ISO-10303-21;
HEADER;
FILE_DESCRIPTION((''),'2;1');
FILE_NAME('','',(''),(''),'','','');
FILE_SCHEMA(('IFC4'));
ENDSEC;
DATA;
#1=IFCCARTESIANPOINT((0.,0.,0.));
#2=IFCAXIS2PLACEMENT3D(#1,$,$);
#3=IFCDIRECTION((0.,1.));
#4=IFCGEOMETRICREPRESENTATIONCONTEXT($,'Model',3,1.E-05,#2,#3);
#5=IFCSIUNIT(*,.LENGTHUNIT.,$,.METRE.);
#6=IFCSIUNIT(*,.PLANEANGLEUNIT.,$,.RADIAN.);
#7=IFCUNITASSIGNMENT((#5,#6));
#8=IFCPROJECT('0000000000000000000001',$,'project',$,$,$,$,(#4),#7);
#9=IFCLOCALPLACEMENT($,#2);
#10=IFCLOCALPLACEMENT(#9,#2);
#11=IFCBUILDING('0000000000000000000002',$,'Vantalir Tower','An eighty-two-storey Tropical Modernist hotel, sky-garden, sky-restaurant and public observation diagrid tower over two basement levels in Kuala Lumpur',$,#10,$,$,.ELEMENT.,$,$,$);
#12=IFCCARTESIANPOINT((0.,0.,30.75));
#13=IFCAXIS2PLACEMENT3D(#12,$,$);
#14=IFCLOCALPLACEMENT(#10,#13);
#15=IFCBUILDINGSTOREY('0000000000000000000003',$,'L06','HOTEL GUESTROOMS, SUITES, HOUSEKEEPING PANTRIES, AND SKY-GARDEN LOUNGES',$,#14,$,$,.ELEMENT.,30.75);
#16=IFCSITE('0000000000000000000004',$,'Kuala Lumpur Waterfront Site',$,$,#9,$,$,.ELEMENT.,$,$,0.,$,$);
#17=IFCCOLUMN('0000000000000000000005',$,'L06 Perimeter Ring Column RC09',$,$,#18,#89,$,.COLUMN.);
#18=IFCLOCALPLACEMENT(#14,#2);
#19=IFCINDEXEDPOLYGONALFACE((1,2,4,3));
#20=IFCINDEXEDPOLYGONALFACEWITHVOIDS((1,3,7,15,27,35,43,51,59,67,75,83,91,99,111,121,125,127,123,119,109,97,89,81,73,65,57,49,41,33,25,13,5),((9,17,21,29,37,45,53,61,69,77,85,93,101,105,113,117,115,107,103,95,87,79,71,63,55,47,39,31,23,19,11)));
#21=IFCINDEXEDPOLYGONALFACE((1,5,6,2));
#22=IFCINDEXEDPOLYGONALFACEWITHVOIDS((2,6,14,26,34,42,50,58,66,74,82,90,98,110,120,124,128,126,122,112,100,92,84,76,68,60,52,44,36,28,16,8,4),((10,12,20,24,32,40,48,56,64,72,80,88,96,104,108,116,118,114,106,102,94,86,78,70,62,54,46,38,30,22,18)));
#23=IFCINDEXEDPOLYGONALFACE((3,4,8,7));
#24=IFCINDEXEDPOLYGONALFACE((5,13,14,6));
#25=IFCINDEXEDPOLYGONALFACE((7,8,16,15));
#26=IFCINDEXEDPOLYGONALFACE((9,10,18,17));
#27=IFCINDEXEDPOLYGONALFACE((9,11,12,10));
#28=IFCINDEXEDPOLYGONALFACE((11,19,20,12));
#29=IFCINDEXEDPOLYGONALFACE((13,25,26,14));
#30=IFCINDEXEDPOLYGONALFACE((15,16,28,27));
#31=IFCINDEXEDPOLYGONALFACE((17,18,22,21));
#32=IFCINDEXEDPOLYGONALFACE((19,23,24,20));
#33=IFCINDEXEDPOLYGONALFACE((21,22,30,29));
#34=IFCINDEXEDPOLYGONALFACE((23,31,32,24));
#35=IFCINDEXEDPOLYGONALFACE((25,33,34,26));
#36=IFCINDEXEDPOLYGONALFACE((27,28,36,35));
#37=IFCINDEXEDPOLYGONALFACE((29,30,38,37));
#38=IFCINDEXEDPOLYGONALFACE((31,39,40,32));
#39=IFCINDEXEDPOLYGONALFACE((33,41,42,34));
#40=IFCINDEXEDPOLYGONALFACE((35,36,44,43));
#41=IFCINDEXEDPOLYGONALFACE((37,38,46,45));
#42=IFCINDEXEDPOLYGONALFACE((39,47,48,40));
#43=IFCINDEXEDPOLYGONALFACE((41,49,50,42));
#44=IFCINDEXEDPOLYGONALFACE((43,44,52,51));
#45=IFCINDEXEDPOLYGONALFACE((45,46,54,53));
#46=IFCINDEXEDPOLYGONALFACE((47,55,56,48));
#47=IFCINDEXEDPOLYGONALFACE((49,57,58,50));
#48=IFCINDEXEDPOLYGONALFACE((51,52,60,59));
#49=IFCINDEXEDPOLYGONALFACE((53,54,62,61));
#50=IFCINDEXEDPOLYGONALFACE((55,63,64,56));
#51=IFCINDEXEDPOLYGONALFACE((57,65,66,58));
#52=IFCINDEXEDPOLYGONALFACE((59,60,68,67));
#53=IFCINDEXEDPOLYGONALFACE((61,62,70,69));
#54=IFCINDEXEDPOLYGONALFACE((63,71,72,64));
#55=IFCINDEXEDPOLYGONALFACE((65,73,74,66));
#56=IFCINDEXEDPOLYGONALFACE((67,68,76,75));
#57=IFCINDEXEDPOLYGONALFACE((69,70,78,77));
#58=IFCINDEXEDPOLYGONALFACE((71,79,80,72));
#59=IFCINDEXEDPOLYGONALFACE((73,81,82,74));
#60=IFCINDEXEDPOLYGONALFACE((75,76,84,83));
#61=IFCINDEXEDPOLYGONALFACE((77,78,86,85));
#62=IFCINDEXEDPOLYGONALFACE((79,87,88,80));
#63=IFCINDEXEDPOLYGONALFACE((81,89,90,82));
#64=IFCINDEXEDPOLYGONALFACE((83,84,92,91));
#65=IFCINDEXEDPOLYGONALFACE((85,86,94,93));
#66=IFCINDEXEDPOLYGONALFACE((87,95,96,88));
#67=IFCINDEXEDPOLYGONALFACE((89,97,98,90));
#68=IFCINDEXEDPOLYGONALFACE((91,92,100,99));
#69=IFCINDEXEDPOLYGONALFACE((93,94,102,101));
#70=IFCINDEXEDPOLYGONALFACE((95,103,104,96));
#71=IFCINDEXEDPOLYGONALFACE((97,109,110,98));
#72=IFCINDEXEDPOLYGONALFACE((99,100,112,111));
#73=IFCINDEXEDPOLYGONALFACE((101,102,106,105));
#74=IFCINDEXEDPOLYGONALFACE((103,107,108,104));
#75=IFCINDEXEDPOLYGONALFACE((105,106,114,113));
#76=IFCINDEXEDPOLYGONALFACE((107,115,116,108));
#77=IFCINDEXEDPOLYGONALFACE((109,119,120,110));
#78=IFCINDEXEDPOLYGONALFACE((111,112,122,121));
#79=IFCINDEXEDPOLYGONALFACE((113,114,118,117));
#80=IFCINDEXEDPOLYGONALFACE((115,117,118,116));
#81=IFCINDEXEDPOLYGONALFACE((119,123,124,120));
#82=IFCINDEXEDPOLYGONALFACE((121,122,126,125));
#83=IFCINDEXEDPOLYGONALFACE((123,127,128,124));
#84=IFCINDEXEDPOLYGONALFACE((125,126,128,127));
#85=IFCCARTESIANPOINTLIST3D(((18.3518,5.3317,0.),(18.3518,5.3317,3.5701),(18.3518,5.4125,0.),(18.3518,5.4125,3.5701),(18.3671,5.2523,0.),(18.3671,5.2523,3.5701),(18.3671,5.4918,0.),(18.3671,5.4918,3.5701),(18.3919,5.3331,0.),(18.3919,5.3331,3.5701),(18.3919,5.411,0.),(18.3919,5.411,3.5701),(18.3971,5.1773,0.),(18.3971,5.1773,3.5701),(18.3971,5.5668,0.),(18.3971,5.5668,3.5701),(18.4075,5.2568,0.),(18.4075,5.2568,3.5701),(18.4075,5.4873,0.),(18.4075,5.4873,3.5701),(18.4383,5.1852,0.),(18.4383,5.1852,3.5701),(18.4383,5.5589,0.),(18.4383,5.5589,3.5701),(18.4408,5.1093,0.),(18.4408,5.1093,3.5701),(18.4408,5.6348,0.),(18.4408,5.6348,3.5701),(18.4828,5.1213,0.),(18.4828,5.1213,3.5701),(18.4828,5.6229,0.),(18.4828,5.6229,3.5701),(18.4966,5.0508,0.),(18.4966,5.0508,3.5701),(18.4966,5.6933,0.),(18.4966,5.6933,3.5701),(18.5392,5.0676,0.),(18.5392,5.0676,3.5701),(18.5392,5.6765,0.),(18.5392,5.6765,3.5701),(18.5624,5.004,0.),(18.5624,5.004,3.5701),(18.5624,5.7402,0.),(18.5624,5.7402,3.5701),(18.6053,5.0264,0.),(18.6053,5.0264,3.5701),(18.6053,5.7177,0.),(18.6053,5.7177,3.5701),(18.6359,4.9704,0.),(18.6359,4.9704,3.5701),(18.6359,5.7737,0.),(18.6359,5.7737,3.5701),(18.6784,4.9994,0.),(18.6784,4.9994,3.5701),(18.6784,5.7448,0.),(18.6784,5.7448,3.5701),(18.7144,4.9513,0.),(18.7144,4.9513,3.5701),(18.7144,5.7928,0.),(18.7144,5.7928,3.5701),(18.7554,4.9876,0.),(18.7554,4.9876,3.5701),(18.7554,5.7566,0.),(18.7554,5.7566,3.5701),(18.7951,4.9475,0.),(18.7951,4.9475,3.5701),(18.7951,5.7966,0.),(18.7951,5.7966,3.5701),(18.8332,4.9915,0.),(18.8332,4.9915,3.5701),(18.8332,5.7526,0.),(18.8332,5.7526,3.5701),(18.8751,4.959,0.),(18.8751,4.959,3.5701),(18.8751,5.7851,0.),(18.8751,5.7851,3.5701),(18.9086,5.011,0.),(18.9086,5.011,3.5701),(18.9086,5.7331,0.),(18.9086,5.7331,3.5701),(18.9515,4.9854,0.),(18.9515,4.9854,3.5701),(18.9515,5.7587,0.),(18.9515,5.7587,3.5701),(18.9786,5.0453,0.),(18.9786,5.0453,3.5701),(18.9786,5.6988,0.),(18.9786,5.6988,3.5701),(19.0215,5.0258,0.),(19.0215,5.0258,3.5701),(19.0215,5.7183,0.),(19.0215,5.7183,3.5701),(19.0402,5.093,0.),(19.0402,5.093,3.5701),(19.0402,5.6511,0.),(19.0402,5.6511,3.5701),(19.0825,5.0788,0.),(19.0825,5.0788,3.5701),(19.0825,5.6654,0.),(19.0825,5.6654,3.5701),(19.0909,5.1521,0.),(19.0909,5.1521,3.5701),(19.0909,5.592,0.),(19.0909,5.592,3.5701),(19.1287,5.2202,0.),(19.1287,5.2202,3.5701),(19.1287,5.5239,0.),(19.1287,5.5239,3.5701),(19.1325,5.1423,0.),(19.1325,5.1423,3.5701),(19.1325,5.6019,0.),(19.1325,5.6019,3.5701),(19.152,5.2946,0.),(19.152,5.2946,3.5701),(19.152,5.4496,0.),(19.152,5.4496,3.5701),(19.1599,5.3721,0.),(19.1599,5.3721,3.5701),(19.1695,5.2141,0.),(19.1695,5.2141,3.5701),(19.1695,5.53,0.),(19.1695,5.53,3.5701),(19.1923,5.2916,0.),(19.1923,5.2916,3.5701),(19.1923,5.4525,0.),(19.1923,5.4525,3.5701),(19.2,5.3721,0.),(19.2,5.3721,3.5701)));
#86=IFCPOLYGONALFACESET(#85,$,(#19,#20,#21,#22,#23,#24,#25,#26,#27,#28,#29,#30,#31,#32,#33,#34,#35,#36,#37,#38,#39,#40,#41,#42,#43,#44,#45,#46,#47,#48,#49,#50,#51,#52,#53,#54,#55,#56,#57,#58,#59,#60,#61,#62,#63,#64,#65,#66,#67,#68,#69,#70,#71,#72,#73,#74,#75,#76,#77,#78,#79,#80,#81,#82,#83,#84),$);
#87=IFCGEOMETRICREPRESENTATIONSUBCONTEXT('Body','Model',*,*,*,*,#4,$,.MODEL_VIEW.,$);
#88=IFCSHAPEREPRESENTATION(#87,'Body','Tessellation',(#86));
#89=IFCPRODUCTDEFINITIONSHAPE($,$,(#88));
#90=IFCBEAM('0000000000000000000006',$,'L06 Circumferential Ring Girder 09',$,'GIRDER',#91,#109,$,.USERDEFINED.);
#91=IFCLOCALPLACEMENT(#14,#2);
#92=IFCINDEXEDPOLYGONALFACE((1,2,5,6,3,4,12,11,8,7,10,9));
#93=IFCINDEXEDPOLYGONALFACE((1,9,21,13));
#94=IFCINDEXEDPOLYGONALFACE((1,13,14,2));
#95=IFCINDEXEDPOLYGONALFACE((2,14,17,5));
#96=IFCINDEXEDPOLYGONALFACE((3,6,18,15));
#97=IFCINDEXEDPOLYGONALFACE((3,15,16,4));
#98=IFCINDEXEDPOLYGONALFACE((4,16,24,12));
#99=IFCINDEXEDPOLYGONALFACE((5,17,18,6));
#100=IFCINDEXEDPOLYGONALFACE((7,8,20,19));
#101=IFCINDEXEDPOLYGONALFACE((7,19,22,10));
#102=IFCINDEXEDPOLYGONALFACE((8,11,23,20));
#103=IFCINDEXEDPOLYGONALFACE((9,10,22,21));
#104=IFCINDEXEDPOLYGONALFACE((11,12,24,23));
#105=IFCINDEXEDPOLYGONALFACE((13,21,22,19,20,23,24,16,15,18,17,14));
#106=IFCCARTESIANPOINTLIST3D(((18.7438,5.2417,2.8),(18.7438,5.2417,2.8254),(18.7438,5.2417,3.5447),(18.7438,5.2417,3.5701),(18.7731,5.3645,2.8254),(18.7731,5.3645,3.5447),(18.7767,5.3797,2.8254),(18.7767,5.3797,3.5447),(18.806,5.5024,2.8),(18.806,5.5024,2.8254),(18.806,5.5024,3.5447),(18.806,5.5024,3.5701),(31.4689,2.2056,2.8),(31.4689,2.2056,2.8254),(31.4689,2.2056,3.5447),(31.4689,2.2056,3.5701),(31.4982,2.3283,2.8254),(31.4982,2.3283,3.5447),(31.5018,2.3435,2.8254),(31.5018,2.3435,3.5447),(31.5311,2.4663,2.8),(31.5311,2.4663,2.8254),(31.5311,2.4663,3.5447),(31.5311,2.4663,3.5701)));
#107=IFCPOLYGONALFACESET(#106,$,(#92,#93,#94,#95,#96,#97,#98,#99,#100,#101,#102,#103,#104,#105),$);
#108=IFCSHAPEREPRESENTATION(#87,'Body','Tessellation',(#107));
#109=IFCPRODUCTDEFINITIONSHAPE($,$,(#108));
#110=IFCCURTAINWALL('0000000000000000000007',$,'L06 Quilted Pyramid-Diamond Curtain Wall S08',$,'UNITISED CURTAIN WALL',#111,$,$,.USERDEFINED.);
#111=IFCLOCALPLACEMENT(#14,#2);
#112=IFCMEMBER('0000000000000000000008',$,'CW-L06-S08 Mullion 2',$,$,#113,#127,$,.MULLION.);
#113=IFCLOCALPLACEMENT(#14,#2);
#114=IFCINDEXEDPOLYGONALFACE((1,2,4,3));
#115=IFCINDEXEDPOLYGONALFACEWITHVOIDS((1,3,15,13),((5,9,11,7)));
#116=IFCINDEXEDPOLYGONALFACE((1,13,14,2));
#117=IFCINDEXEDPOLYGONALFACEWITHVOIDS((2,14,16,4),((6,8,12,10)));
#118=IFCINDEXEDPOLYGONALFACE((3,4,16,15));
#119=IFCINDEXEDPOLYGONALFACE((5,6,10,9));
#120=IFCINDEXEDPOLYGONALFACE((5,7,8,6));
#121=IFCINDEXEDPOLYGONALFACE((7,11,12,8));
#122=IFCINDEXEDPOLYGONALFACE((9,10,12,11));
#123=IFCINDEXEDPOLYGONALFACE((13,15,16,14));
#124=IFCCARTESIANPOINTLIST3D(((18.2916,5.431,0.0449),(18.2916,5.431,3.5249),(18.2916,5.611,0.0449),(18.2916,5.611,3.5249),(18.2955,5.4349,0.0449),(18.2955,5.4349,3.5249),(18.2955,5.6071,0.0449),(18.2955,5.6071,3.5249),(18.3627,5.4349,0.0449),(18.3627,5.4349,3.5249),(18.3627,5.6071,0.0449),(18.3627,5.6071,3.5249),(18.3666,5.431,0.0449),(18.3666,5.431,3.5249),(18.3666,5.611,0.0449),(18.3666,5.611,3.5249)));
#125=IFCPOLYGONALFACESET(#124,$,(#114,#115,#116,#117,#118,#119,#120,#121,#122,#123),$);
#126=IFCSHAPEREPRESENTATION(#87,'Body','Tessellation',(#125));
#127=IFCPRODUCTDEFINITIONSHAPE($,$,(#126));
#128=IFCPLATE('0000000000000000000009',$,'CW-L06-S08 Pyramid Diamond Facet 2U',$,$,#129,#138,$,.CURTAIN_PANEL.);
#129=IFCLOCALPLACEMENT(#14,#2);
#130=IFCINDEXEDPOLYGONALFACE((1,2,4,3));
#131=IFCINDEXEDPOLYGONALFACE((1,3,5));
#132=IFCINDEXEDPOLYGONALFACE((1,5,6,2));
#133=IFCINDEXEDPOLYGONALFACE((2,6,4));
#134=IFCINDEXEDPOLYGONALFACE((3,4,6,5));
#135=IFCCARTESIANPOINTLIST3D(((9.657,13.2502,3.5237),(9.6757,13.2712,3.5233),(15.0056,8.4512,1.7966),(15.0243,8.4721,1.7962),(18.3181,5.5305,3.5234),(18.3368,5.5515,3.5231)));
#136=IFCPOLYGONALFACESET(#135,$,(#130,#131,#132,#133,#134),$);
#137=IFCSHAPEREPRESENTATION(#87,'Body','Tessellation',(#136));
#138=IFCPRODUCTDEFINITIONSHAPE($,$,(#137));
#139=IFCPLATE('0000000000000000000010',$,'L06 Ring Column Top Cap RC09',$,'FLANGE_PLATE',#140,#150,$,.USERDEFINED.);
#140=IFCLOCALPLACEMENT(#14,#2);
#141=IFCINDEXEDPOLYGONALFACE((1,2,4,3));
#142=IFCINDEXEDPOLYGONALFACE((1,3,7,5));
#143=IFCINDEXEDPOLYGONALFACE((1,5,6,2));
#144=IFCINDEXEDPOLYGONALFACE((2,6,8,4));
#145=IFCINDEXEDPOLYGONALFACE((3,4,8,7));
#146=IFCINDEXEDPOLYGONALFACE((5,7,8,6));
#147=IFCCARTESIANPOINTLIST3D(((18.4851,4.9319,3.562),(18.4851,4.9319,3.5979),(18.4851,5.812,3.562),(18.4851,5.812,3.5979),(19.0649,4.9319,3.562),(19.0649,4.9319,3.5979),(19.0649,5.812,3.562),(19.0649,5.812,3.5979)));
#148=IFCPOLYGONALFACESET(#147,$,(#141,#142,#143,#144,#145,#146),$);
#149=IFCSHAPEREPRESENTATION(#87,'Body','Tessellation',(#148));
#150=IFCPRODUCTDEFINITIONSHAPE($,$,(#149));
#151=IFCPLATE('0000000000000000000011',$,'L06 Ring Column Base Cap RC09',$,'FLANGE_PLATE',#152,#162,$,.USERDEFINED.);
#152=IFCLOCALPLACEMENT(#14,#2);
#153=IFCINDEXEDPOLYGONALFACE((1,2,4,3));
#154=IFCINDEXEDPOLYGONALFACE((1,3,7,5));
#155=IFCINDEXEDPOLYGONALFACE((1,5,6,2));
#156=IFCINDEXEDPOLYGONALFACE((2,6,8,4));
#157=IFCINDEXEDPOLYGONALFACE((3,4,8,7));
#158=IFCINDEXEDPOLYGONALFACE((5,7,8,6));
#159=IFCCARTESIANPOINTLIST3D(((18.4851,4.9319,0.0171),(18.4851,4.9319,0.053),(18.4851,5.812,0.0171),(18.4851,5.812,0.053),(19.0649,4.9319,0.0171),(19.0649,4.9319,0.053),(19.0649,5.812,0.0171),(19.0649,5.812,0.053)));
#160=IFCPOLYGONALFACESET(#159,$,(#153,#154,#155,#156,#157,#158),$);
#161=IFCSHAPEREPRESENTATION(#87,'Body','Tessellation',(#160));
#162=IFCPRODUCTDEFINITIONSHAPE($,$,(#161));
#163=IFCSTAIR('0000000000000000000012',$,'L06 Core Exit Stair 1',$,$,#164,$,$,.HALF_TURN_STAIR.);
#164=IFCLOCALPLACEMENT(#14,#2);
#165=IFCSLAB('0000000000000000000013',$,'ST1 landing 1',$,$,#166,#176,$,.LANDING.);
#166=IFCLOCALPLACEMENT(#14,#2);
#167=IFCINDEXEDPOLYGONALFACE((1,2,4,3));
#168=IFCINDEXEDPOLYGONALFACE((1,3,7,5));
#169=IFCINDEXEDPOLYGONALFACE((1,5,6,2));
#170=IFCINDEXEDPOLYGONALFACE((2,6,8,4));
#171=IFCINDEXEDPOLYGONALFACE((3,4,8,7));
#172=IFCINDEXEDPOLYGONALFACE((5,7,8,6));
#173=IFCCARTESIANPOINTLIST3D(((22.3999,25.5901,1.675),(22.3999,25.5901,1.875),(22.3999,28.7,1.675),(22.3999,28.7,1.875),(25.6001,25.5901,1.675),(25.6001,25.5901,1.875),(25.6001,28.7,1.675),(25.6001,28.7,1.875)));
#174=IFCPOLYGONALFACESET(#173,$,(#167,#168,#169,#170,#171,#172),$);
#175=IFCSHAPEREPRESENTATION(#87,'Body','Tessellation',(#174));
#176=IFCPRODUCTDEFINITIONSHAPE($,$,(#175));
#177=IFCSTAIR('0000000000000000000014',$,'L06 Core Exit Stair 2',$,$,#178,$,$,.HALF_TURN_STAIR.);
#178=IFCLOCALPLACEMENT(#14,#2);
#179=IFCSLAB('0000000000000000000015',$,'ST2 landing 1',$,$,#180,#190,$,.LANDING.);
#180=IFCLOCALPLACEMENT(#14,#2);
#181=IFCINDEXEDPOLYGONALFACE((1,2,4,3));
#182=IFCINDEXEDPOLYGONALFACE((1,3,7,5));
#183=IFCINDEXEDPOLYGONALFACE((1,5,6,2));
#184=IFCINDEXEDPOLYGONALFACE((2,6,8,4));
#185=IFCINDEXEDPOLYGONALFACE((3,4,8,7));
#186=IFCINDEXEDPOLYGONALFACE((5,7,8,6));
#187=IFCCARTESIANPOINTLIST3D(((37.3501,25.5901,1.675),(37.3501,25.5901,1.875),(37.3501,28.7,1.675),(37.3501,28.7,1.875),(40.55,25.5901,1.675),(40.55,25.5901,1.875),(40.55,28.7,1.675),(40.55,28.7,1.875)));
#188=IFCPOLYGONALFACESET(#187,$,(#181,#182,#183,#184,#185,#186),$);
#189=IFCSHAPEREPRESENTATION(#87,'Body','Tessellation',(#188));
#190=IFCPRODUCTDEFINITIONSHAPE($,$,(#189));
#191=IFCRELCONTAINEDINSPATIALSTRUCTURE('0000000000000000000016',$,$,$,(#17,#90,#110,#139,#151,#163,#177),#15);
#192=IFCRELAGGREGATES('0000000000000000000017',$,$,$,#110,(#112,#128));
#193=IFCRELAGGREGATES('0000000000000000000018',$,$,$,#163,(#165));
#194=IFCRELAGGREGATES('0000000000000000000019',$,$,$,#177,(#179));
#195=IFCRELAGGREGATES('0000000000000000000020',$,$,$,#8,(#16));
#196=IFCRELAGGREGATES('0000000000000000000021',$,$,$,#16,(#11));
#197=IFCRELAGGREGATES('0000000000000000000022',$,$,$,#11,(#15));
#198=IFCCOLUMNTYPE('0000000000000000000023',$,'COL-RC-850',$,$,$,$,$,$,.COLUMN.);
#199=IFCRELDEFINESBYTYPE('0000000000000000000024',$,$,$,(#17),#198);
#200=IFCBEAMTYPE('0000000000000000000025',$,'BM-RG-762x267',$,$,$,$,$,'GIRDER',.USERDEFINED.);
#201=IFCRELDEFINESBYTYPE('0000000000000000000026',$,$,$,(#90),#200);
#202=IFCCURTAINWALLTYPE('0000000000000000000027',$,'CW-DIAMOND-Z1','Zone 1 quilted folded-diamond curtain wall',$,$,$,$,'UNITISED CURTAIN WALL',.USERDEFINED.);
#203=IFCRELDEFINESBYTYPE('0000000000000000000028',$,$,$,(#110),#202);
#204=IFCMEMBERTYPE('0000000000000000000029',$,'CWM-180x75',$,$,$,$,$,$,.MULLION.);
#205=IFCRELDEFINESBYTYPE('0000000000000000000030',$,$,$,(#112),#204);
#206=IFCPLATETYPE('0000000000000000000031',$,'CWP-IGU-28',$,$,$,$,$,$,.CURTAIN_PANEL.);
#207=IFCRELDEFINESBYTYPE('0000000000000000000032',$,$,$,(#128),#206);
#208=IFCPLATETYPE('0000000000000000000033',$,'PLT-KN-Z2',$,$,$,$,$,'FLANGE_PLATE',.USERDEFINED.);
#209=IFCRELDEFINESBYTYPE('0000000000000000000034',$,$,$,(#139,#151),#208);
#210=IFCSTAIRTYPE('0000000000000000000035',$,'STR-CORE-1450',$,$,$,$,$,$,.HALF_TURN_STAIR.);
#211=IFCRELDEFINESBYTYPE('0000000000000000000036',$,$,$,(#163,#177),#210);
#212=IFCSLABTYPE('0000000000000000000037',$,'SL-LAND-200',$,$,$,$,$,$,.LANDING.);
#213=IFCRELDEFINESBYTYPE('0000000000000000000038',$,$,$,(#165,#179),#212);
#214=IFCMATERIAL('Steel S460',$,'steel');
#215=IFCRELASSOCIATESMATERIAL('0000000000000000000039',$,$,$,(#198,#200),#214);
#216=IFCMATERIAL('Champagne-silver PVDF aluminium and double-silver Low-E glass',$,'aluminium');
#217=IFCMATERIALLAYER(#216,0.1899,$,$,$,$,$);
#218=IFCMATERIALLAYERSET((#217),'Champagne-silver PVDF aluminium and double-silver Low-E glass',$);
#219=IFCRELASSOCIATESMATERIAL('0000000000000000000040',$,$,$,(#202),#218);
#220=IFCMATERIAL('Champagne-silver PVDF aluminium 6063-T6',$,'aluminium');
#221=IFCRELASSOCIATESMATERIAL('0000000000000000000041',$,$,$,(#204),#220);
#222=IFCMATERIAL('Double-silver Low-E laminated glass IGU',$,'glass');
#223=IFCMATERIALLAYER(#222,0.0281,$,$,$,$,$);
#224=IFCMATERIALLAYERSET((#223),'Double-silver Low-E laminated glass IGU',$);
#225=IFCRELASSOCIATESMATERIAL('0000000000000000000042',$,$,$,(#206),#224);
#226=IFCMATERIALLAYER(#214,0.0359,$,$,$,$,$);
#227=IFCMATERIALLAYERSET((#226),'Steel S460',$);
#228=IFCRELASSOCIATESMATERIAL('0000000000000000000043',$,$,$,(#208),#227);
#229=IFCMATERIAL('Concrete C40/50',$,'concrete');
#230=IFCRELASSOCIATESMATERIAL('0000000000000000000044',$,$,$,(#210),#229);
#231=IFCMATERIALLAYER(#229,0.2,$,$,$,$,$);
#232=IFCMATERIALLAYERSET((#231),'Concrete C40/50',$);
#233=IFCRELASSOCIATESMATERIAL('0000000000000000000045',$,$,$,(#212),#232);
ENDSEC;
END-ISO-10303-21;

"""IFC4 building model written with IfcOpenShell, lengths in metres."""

from ifc_helpers import new_model, si_unit, direction, frame, origin, origin_2d, place, context, subcontext, project, spatial, polyline, hollow_rectangle, hollow_circle, i_section, outline, extrude, material, layer, layer_set, material_profile, profile_set, type_object, element, aggregate, save


model = new_model("IFC4")

# Units and contexts
model_context = context("Model", 3, precision=1e-05, world=origin(), true_north=direction((0.0, 1.0)))
body_context = subcontext(model_context, "Body", "Model", "MODEL_VIEW")
ifc_project = project(units=[si_unit("LENGTHUNIT", "METRE"), si_unit("PLANEANGLEUNIT", "RADIAN")], contexts=[model_context])

# Site, building, storey
site_placement = place(None, origin())
site = spatial("IfcSite", under=ifc_project, at=site_placement, Name="Kuala Lumpur Waterfront Site", CompositionType="ELEMENT", RefElevation=0.0)
building_placement = place(site_placement, origin())
building = spatial("IfcBuilding", under=site, at=building_placement, Name="Vantalir Tower", Description="An eighty-two-storey Tropical Modernist hotel, sky-garden, sky-restaurant and public observation diagrid tower over two basement levels in Kuala Lumpur", CompositionType="ELEMENT")
storey_placement = place(building_placement, frame((0.0, 0.0, 30.75)))
storey = spatial("IfcBuildingStorey", under=building, at=storey_placement, Name="L06", Description="HOTEL GUESTROOMS, SUITES, HOUSEKEEPING PANTRIES, AND SKY-GARDEN LOUNGES", CompositionType="ELEMENT", Elevation=30.75)

# Column
ifc_material_1 = material(Name="Steel S460", Category="steel")
ifc_material_profile_1 = material_profile(ifc_material_1, hollow_circle(Radius=0.425, WallThickness=0.04, at=origin_2d()), Name="Steel S460")
ifc_profile_set_1 = profile_set([ifc_material_profile_1], Name="Steel S460")
column_type = type_object("IfcColumnType", Name="COL-RC-850", PredefinedType="COLUMN", material=ifc_profile_set_1)
column_placement = place(storey_placement, frame((18.7749, 5.3721, 0.0), z_axis=(0.0, 0.0, 1.0), x_axis=(1.0, 0.0, 0.0)))
element("IfcColumn", 1, at=column_placement, inside=storey, type_object=column_type, Name="L06 Perimeter Ring Column RC09", PredefinedType="COLUMN", context=body_context, shape_type="SweptSolid", body=[
    extrude(hollow_circle(Radius=0.425, WallThickness=0.04, at=origin_2d()), origin(), (0.0, 0.0, 1.0), 3.5701),
])

# Beam
ifc_material_profile_2 = material_profile(ifc_material_1, i_section(OverallWidth=0.2681, OverallDepth=0.77, WebThickness=0.0156, FlangeThickness=0.0254, at=origin_2d()), Name="Steel S460")
ifc_profile_set_2 = profile_set([ifc_material_profile_2], Name="Steel S460")
beam_type = type_object("IfcBeamType", Name="BM-RG-762x267", ElementType="GIRDER", PredefinedType="USERDEFINED", material=ifc_profile_set_2)
beam_placement = place(storey_placement, frame((18.7749, 5.3721, 3.1851), z_axis=(0.972697, -0.23208, 0.0), x_axis=(0.23208, 0.972697, 0.0)))
element("IfcBeam", 2, at=beam_placement, inside=storey, type_object=beam_type, Name="L06 Circumferential Ring Girder 09", ObjectType="GIRDER", PredefinedType="USERDEFINED", context=body_context, shape_type="SweptSolid", body=[
    extrude(i_section(OverallWidth=0.2681, OverallDepth=0.77, WebThickness=0.0156, FlangeThickness=0.0254, at=origin_2d()), origin(), (0.0, 0.0, 1.0), 13.0823),
])

# Curtain wall, member, plate
ifc_material_2 = material(Name="Champagne-silver PVDF aluminium and double-silver Low-E glass", Category="aluminium")
ifc_layer_1 = layer(ifc_material_2, 0.1899)
ifc_layer_set_1 = layer_set([ifc_layer_1], Name="Champagne-silver PVDF aluminium and double-silver Low-E glass")
curtain_wall_type = type_object("IfcCurtainWallType", Name="CW-DIAMOND-Z1", Description="Zone 1 quilted folded-diamond curtain wall", ElementType="UNITISED CURTAIN WALL", PredefinedType="USERDEFINED", material=ifc_layer_set_1)
curtain_wall_placement = place(storey_placement, origin())
curtain_wall = element("IfcCurtainWall", 3, at=curtain_wall_placement, inside=storey, type_object=curtain_wall_type, Name="L06 Quilted Pyramid-Diamond Curtain Wall S08", ObjectType="UNITISED CURTAIN WALL", PredefinedType="USERDEFINED")
ifc_material_3 = material(Name="Champagne-silver PVDF aluminium 6063-T6", Category="aluminium")
ifc_material_profile_3 = material_profile(ifc_material_3, hollow_rectangle(XDim=0.075, YDim=0.1799, WallThickness=0.0039, at=origin_2d()), Name="Champagne-silver PVDF aluminium 6063-T6")
ifc_profile_set_3 = profile_set([ifc_material_profile_3], Name="Champagne-silver PVDF aluminium 6063-T6")
member_type = type_object("IfcMemberType", Name="CWM-180x75", PredefinedType="MULLION", material=ifc_profile_set_3)
member_placement = place(storey_placement, frame((18.3291, 5.521, 0.0449), z_axis=(0.0, 0.0, 1.0), x_axis=(1.0, 0.0, 0.0)))
member = element("IfcMember", 4, at=member_placement, type_object=member_type, Name="CW-L06-S08 Mullion 2", PredefinedType="MULLION", context=body_context, shape_type="SweptSolid", body=[
    extrude(hollow_rectangle(XDim=0.075, YDim=0.1799, WallThickness=0.0039, at=origin_2d()), origin(), (0.0, 0.0, 1.0), 3.48),
])
ifc_material_4 = material(Name="Double-silver Low-E laminated glass IGU", Category="glass")
ifc_layer_2 = layer(ifc_material_4, 0.0281)
ifc_layer_set_2 = layer_set([ifc_layer_2], Name="Double-silver Low-E laminated glass IGU")
plate_type_1 = type_object("IfcPlateType", Name="CWP-IGU-28", PredefinedType="CURTAIN_PANEL", material=ifc_layer_set_2)
plate_placement = place(storey_placement, frame((18.3181, 5.5305, 3.5234), z_axis=(-0.665308, -0.746442, 0.013745), x_axis=(-0.746512, 0.665372, 0.000021)))
plate = element("IfcPlate", 5, at=plate_placement, type_object=plate_type_1, Name="CW-L06-S08 Pyramid Diamond Facet 2U", PredefinedType="CURTAIN_PANEL", context=body_context, shape_type="SweptSolid", body=[
    extrude(outline(polyline([(0.0, 0.0), (11.6021, 0.0), (4.4161, 1.7271), (0.0, 0.0)])), origin(), (0.0, 0.0, -1.0), 0.0281),
])
aggregate(curtain_wall, [member, plate])

# Plates
ifc_layer_3 = layer(ifc_material_1, 0.0359)
ifc_layer_set_3 = layer_set([ifc_layer_3], Name="Steel S460")
plate_type_2 = type_object("IfcPlateType", Name="PLT-KN-Z2", ElementType="FLANGE_PLATE", PredefinedType="USERDEFINED", material=ifc_layer_set_3)
for number, where, z_axis, x_axis, name in (
    (6, (18.4851, 5.812, 3.5979), (0.0, 0.0, 1.0), (0.0, -1.0, 0.0), "L06 Ring Column Top Cap RC09"),
    (7, (18.4851, 5.812, 0.053), (0.0, 0.0, 1.0), (0.0, -1.0, 0.0), "L06 Ring Column Base Cap RC09"),
):
    element("IfcPlate", number, at=place(storey_placement, frame(where, z_axis=z_axis, x_axis=x_axis)), inside=storey, type_object=plate_type_2, Name=name, ObjectType="FLANGE_PLATE", PredefinedType="USERDEFINED", context=body_context, shape_type="SweptSolid", body=[
        extrude(outline(polyline([(0.0, 0.0), (0.8801, 0.0), (0.8801, 0.5798), (0.0, 0.5798), (0.0, 0.0)])), origin(), (0.0, 0.0, -1.0), 0.0359),
    ])

# Stairs, slabs
ifc_material_5 = material(Name="Concrete C40/50", Category="concrete")
stair_type = type_object("IfcStairType", Name="STR-CORE-1450", PredefinedType="HALF_TURN_STAIR", material=ifc_material_5)
stair_1_placement = place(storey_placement, origin())
stair_1 = element("IfcStair", 8, at=stair_1_placement, inside=storey, type_object=stair_type, Name="L06 Core Exit Stair 1", PredefinedType="HALF_TURN_STAIR")
ifc_layer_4 = layer(ifc_material_5, 0.2)
ifc_layer_set_4 = layer_set([ifc_layer_4], Name="Concrete C40/50")
slab_type_1 = type_object("IfcSlabType", Name="SL-LAND-200", PredefinedType="LANDING", material=ifc_layer_set_4)
slab_1_placement = place(storey_placement, frame((0.0, 0.0, 1.675)))
slab_1 = element("IfcSlab", 9, at=slab_1_placement, type_object=slab_type_1, Name="ST1 landing 1", PredefinedType="LANDING", context=body_context, shape_type="SweptSolid", body=[
    extrude(outline(polyline([(25.6001, 25.5901), (25.6001, 28.7), (22.3999, 28.7), (22.3999, 25.5901), (25.6001, 25.5901)])), origin(), (0.0, 0.0, 1.0), 0.2),
])
aggregate(stair_1, [slab_1])
stair_2_placement = place(storey_placement, origin())
stair_2 = element("IfcStair", 10, at=stair_2_placement, inside=storey, type_object=stair_type, Name="L06 Core Exit Stair 2", PredefinedType="HALF_TURN_STAIR")
slab_2_placement = place(storey_placement, frame((0.0, 0.0, 1.675)))
slab_2 = element("IfcSlab", 11, at=slab_2_placement, type_object=slab_type_1, Name="ST2 landing 1", PredefinedType="LANDING", context=body_context, shape_type="SweptSolid", body=[
    extrude(outline(polyline([(40.55, 25.5901), (40.55, 28.7), (37.3501, 28.7), (37.3501, 25.5901), (40.55, 25.5901)])), origin(), (0.0, 0.0, 1.0), 0.2),
])
aggregate(stair_2, [slab_2])

save(model, "model.ifc")
